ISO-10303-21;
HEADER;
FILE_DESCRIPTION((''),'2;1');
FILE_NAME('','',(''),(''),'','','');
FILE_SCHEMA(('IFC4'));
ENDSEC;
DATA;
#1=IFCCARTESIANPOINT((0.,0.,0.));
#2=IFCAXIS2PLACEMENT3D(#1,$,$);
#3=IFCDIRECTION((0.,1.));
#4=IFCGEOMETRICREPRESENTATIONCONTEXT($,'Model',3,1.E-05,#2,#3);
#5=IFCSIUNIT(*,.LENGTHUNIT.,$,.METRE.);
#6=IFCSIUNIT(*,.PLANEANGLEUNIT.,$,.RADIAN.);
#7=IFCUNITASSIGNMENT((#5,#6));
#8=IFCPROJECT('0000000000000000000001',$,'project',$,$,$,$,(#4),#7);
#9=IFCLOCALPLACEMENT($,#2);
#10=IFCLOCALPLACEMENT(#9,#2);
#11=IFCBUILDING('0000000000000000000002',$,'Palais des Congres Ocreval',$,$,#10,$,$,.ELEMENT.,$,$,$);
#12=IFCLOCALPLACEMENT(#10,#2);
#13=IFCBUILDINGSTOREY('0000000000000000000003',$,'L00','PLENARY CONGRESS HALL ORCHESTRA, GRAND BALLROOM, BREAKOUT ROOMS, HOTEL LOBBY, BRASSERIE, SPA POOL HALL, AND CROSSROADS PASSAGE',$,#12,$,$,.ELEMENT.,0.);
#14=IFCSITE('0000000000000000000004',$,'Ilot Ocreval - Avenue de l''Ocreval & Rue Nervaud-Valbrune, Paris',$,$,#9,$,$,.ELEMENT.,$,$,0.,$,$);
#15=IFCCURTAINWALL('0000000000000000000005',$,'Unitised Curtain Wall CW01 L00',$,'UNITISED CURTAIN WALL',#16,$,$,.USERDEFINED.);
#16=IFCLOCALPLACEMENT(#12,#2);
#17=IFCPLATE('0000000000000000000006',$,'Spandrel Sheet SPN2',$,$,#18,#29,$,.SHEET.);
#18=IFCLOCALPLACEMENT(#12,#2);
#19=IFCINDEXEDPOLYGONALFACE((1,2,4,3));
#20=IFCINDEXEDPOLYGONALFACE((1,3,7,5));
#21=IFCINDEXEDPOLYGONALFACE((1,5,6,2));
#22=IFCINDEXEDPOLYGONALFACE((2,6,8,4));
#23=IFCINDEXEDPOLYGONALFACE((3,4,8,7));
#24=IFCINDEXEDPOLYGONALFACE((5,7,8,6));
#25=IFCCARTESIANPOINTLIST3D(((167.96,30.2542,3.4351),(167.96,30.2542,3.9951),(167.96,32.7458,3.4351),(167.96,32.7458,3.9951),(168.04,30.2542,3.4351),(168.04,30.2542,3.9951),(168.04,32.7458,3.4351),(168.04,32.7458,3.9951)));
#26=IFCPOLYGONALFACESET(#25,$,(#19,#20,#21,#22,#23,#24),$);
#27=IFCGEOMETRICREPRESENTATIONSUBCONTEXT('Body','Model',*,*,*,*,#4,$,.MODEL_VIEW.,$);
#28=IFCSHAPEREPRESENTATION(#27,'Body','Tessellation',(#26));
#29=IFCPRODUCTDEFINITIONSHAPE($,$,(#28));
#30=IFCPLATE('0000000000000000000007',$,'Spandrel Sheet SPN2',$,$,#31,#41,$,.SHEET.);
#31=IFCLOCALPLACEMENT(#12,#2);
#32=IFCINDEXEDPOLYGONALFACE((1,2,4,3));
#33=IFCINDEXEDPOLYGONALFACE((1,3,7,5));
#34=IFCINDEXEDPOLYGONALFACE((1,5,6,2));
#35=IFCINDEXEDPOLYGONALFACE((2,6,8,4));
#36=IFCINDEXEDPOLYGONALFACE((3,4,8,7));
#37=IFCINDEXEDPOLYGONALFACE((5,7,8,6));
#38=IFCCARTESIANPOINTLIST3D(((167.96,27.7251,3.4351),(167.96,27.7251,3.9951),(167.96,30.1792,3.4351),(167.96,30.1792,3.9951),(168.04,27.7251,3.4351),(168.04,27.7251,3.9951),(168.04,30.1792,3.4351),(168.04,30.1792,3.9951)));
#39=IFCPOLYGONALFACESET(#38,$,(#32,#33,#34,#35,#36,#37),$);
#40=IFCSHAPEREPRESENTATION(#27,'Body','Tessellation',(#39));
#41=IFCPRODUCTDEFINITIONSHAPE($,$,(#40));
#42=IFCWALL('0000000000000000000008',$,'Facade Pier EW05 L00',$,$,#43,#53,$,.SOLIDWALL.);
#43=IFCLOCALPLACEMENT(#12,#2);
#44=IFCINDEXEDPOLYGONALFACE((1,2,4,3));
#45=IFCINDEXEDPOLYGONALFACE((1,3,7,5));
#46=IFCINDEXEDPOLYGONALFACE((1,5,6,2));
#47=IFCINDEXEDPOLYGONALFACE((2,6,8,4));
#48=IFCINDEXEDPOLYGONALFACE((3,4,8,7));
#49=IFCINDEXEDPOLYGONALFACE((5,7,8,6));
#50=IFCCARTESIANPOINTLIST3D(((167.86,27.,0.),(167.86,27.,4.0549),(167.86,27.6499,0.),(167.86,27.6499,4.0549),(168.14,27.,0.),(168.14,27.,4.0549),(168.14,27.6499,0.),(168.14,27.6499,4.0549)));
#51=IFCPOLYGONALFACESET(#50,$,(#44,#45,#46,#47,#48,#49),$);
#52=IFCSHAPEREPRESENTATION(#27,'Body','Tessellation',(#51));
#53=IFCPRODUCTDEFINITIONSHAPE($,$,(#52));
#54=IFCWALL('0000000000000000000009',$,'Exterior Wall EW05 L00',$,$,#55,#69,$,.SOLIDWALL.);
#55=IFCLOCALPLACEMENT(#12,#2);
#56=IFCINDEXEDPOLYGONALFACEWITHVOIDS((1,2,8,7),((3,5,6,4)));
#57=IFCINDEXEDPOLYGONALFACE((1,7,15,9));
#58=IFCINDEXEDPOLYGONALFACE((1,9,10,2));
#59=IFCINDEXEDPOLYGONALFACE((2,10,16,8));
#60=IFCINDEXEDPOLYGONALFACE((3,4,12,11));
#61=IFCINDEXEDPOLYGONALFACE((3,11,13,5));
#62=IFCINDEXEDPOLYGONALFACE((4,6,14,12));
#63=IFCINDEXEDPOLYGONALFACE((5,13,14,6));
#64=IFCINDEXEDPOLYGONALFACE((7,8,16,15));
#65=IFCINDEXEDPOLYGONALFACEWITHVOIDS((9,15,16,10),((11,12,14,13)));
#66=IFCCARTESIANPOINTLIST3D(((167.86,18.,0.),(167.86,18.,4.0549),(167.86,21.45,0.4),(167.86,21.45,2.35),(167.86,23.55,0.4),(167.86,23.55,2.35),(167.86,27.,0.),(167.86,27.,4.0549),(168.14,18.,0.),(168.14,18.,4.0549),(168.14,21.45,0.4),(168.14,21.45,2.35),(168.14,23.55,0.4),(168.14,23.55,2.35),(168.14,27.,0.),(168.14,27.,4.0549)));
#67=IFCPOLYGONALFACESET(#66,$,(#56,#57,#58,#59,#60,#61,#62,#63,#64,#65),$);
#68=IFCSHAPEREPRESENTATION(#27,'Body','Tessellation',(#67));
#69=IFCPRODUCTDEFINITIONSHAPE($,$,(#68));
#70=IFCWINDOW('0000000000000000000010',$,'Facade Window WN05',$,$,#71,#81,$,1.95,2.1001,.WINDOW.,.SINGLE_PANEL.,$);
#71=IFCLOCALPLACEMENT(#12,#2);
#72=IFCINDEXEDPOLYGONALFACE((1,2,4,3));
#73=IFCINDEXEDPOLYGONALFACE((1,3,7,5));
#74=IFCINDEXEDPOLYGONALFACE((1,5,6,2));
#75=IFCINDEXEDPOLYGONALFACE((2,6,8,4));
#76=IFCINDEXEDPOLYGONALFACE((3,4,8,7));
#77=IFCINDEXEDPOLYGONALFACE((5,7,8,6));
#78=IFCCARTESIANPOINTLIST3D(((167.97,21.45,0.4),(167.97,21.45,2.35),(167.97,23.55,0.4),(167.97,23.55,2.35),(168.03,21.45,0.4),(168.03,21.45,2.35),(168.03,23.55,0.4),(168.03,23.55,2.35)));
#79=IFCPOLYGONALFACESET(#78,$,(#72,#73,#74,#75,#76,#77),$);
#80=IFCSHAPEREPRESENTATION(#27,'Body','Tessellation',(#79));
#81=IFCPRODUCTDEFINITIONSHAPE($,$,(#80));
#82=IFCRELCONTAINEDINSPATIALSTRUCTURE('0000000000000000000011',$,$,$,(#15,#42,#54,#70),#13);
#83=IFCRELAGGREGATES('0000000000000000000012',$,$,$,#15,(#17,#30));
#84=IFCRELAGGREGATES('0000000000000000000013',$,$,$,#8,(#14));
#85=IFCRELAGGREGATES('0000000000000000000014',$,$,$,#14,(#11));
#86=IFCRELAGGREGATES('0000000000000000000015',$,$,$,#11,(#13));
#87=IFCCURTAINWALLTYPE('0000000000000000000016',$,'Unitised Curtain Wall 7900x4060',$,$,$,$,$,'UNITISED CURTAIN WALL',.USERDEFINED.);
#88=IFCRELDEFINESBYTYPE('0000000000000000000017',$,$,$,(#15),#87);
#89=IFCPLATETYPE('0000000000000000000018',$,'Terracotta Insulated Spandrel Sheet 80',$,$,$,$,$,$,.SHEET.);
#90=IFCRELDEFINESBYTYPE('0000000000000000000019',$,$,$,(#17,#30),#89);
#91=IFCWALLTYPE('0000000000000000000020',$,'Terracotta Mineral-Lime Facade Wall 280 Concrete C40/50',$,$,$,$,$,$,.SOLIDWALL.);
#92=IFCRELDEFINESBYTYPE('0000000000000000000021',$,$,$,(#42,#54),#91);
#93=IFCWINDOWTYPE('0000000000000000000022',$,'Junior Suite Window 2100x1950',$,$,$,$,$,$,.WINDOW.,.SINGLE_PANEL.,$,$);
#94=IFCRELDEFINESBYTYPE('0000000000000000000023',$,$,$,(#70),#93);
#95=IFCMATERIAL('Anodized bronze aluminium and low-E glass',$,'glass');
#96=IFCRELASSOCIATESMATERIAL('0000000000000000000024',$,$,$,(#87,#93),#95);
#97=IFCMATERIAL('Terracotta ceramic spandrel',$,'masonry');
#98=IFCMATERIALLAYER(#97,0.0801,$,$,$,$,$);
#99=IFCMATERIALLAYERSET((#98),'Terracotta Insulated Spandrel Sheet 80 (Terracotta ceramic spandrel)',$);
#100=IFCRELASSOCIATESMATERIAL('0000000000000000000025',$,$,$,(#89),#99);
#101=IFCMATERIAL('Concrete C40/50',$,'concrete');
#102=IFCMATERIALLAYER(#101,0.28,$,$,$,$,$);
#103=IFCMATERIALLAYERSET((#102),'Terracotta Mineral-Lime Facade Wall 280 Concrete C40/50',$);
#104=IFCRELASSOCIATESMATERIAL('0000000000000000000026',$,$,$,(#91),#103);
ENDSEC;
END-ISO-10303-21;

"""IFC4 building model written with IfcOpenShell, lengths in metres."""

from ifc_helpers import new_model, si_unit, direction, frame, frame_2d, origin, origin_2d, place, context, subcontext, project, spatial, rectangle, extrude, material, layer, layer_set, type_object, element, fill, aggregate, save


model = new_model("IFC4")

# Units and contexts
model_context = context("Model", 3, precision=1e-05, world=origin(), true_north=direction((0.0, 1.0)))
body_context = subcontext(model_context, "Body", "Model", "MODEL_VIEW")
ifc_project = project(units=[si_unit("LENGTHUNIT", "METRE"), si_unit("PLANEANGLEUNIT", "RADIAN")], contexts=[model_context])

# Site, building, storey
site_placement = place(None, origin())
site = spatial("IfcSite", under=ifc_project, at=site_placement, Name="Ilot Ocreval - Avenue de l'Ocreval & Rue Nervaud-Valbrune, Paris", CompositionType="ELEMENT", RefElevation=0.0)
building_placement = place(site_placement, origin())
building = spatial("IfcBuilding", under=site, at=building_placement, Name="Palais des Congres Ocreval", CompositionType="ELEMENT")
storey_placement = place(building_placement, origin())
storey = spatial("IfcBuildingStorey", under=building, at=storey_placement, Name="L00", Description="PLENARY CONGRESS HALL ORCHESTRA, GRAND BALLROOM, BREAKOUT ROOMS, HOTEL LOBBY, BRASSERIE, SPA POOL HALL, AND CROSSROADS PASSAGE", CompositionType="ELEMENT", Elevation=0.0)

# Curtain wall, plates
ifc_material_1 = material(Name="Anodized bronze aluminium and low-E glass", Category="glass")
curtain_wall_type = type_object("IfcCurtainWallType", Name="Unitised Curtain Wall 7900x4060", ElementType="UNITISED CURTAIN WALL", PredefinedType="USERDEFINED", material=ifc_material_1)
curtain_wall_placement = place(storey_placement, origin())
curtain_wall = element("IfcCurtainWall", 1, at=curtain_wall_placement, inside=storey, type_object=curtain_wall_type, Name="Unitised Curtain Wall CW01 L00", ObjectType="UNITISED CURTAIN WALL", PredefinedType="USERDEFINED")
ifc_material_2 = material(Name="Terracotta ceramic spandrel", Category="masonry")
ifc_layer_1 = layer(ifc_material_2, 0.0801)
ifc_layer_set_1 = layer_set([ifc_layer_1], Name="Terracotta Insulated Spandrel Sheet 80 (Terracotta ceramic spandrel)")
plate_type_1 = type_object("IfcPlateType", Name="Terracotta Insulated Spandrel Sheet 80", PredefinedType="SHEET", material=ifc_layer_set_1)
plate_1_placement = place(storey_placement, frame((168.0, 31.5, 3.4351), z_axis=(0.0, 0.0, 1.0), x_axis=(0.0, -1.0, 0.0)))
plate_1 = element("IfcPlate", 2, at=plate_1_placement, type_object=plate_type_1, Name="Spandrel Sheet SPN2", PredefinedType="SHEET", context=body_context, shape_type="SweptSolid", body=[
    extrude(rectangle(XDim=2.4917, YDim=0.0801, at=origin_2d()), origin(), (0.0, 0.0, 1.0), 0.5601),
])
plate_2_placement = place(storey_placement, frame((168.0, 28.9521, 3.4351), z_axis=(0.0, 0.0, 1.0), x_axis=(0.0, -1.0, 0.0)))
plate_2 = element("IfcPlate", 3, at=plate_2_placement, type_object=plate_type_1, Name="Spandrel Sheet SPN2", PredefinedType="SHEET", context=body_context, shape_type="SweptSolid", body=[
    extrude(rectangle(XDim=2.4541, YDim=0.0801, at=origin_2d()), origin(), (0.0, 0.0, 1.0), 0.5601),
])
aggregate(curtain_wall, [plate_1, plate_2])

# Wall
ifc_material_3 = material(Name="Concrete C40/50", Category="concrete")
ifc_layer_2 = layer(ifc_material_3, 0.28)
ifc_layer_set_2 = layer_set([ifc_layer_2], Name="Terracotta Mineral-Lime Facade Wall 280 Concrete C40/50")
wall_type = type_object("IfcWallType", Name="Terracotta Mineral-Lime Facade Wall 280 Concrete C40/50", PredefinedType="SOLIDWALL", material=ifc_layer_set_2)
wall_1_placement = place(storey_placement, frame((168.0, 27.6499, 0.0), z_axis=(0.0, 0.0, 1.0), x_axis=(0.0, -1.0, 0.0)))
element("IfcWall", 4, at=wall_1_placement, inside=storey, type_object=wall_type, Name="Facade Pier EW05 L00", PredefinedType="SOLIDWALL", context=body_context, shape_type="SweptSolid", body=[
    extrude(rectangle(XDim=0.6499, YDim=0.28, at=frame_2d((0.325, 0.0))), origin(), (0.0, 0.0, 1.0), 4.0549),
])

# Wall, opening, window
wall_2_placement = place(storey_placement, frame((168.0, 27.0, 0.0), z_axis=(0.0, 0.0, 1.0), x_axis=(0.0, -1.0, 0.0)))
wall_2 = element("IfcWall", 5, at=wall_2_placement, inside=storey, type_object=wall_type, Name="Exterior Wall EW05 L00", PredefinedType="SOLIDWALL", context=body_context, shape_type="SweptSolid", body=[
    extrude(rectangle(XDim=9.0, YDim=0.28, at=frame_2d((4.5, 0.0))), origin(), (0.0, 0.0, 1.0), 4.0549),
])
opening_placement = place(wall_2_placement, frame((3.45, 0.0, 0.3999)))
opening = element("IfcOpeningElement", 6, at=opening_placement, cuts=wall_2, PredefinedType="OPENING", context=body_context, shape_type="SweptSolid", body=[
    extrude(rectangle(XDim=2.1001, YDim=1.95, at=frame_2d((1.05, 0.9751))), frame((0.0, 0.1499, 0.0), z_axis=(0.0, -1.0, 0.0), x_axis=(1.0, 0.0, 0.0)), (0.0, 0.0, 1.0), 0.3),
])
window_type = type_object("IfcWindowType", Name="Junior Suite Window 2100x1950", PartitioningType="SINGLE_PANEL", PredefinedType="WINDOW", material=ifc_material_1)
window_placement = place(opening_placement, origin())
window = element("IfcWindow", 7, at=window_placement, inside=storey, type_object=window_type, Name="Facade Window WN05", OverallHeight=1.95, OverallWidth=2.1001, PartitioningType="SINGLE_PANEL", PredefinedType="WINDOW", context=body_context, shape_type="SweptSolid", body=[
    extrude(rectangle(XDim=2.1001, YDim=1.95, at=frame_2d((1.05, 0.9751))), frame((0.0, 0.03, 0.0), z_axis=(0.0, -1.0, 0.0), x_axis=(1.0, 0.0, 0.0)), (0.0, 0.0, 1.0), 0.0601),
])
fill(opening, window)

save(model, "model.ifc")
